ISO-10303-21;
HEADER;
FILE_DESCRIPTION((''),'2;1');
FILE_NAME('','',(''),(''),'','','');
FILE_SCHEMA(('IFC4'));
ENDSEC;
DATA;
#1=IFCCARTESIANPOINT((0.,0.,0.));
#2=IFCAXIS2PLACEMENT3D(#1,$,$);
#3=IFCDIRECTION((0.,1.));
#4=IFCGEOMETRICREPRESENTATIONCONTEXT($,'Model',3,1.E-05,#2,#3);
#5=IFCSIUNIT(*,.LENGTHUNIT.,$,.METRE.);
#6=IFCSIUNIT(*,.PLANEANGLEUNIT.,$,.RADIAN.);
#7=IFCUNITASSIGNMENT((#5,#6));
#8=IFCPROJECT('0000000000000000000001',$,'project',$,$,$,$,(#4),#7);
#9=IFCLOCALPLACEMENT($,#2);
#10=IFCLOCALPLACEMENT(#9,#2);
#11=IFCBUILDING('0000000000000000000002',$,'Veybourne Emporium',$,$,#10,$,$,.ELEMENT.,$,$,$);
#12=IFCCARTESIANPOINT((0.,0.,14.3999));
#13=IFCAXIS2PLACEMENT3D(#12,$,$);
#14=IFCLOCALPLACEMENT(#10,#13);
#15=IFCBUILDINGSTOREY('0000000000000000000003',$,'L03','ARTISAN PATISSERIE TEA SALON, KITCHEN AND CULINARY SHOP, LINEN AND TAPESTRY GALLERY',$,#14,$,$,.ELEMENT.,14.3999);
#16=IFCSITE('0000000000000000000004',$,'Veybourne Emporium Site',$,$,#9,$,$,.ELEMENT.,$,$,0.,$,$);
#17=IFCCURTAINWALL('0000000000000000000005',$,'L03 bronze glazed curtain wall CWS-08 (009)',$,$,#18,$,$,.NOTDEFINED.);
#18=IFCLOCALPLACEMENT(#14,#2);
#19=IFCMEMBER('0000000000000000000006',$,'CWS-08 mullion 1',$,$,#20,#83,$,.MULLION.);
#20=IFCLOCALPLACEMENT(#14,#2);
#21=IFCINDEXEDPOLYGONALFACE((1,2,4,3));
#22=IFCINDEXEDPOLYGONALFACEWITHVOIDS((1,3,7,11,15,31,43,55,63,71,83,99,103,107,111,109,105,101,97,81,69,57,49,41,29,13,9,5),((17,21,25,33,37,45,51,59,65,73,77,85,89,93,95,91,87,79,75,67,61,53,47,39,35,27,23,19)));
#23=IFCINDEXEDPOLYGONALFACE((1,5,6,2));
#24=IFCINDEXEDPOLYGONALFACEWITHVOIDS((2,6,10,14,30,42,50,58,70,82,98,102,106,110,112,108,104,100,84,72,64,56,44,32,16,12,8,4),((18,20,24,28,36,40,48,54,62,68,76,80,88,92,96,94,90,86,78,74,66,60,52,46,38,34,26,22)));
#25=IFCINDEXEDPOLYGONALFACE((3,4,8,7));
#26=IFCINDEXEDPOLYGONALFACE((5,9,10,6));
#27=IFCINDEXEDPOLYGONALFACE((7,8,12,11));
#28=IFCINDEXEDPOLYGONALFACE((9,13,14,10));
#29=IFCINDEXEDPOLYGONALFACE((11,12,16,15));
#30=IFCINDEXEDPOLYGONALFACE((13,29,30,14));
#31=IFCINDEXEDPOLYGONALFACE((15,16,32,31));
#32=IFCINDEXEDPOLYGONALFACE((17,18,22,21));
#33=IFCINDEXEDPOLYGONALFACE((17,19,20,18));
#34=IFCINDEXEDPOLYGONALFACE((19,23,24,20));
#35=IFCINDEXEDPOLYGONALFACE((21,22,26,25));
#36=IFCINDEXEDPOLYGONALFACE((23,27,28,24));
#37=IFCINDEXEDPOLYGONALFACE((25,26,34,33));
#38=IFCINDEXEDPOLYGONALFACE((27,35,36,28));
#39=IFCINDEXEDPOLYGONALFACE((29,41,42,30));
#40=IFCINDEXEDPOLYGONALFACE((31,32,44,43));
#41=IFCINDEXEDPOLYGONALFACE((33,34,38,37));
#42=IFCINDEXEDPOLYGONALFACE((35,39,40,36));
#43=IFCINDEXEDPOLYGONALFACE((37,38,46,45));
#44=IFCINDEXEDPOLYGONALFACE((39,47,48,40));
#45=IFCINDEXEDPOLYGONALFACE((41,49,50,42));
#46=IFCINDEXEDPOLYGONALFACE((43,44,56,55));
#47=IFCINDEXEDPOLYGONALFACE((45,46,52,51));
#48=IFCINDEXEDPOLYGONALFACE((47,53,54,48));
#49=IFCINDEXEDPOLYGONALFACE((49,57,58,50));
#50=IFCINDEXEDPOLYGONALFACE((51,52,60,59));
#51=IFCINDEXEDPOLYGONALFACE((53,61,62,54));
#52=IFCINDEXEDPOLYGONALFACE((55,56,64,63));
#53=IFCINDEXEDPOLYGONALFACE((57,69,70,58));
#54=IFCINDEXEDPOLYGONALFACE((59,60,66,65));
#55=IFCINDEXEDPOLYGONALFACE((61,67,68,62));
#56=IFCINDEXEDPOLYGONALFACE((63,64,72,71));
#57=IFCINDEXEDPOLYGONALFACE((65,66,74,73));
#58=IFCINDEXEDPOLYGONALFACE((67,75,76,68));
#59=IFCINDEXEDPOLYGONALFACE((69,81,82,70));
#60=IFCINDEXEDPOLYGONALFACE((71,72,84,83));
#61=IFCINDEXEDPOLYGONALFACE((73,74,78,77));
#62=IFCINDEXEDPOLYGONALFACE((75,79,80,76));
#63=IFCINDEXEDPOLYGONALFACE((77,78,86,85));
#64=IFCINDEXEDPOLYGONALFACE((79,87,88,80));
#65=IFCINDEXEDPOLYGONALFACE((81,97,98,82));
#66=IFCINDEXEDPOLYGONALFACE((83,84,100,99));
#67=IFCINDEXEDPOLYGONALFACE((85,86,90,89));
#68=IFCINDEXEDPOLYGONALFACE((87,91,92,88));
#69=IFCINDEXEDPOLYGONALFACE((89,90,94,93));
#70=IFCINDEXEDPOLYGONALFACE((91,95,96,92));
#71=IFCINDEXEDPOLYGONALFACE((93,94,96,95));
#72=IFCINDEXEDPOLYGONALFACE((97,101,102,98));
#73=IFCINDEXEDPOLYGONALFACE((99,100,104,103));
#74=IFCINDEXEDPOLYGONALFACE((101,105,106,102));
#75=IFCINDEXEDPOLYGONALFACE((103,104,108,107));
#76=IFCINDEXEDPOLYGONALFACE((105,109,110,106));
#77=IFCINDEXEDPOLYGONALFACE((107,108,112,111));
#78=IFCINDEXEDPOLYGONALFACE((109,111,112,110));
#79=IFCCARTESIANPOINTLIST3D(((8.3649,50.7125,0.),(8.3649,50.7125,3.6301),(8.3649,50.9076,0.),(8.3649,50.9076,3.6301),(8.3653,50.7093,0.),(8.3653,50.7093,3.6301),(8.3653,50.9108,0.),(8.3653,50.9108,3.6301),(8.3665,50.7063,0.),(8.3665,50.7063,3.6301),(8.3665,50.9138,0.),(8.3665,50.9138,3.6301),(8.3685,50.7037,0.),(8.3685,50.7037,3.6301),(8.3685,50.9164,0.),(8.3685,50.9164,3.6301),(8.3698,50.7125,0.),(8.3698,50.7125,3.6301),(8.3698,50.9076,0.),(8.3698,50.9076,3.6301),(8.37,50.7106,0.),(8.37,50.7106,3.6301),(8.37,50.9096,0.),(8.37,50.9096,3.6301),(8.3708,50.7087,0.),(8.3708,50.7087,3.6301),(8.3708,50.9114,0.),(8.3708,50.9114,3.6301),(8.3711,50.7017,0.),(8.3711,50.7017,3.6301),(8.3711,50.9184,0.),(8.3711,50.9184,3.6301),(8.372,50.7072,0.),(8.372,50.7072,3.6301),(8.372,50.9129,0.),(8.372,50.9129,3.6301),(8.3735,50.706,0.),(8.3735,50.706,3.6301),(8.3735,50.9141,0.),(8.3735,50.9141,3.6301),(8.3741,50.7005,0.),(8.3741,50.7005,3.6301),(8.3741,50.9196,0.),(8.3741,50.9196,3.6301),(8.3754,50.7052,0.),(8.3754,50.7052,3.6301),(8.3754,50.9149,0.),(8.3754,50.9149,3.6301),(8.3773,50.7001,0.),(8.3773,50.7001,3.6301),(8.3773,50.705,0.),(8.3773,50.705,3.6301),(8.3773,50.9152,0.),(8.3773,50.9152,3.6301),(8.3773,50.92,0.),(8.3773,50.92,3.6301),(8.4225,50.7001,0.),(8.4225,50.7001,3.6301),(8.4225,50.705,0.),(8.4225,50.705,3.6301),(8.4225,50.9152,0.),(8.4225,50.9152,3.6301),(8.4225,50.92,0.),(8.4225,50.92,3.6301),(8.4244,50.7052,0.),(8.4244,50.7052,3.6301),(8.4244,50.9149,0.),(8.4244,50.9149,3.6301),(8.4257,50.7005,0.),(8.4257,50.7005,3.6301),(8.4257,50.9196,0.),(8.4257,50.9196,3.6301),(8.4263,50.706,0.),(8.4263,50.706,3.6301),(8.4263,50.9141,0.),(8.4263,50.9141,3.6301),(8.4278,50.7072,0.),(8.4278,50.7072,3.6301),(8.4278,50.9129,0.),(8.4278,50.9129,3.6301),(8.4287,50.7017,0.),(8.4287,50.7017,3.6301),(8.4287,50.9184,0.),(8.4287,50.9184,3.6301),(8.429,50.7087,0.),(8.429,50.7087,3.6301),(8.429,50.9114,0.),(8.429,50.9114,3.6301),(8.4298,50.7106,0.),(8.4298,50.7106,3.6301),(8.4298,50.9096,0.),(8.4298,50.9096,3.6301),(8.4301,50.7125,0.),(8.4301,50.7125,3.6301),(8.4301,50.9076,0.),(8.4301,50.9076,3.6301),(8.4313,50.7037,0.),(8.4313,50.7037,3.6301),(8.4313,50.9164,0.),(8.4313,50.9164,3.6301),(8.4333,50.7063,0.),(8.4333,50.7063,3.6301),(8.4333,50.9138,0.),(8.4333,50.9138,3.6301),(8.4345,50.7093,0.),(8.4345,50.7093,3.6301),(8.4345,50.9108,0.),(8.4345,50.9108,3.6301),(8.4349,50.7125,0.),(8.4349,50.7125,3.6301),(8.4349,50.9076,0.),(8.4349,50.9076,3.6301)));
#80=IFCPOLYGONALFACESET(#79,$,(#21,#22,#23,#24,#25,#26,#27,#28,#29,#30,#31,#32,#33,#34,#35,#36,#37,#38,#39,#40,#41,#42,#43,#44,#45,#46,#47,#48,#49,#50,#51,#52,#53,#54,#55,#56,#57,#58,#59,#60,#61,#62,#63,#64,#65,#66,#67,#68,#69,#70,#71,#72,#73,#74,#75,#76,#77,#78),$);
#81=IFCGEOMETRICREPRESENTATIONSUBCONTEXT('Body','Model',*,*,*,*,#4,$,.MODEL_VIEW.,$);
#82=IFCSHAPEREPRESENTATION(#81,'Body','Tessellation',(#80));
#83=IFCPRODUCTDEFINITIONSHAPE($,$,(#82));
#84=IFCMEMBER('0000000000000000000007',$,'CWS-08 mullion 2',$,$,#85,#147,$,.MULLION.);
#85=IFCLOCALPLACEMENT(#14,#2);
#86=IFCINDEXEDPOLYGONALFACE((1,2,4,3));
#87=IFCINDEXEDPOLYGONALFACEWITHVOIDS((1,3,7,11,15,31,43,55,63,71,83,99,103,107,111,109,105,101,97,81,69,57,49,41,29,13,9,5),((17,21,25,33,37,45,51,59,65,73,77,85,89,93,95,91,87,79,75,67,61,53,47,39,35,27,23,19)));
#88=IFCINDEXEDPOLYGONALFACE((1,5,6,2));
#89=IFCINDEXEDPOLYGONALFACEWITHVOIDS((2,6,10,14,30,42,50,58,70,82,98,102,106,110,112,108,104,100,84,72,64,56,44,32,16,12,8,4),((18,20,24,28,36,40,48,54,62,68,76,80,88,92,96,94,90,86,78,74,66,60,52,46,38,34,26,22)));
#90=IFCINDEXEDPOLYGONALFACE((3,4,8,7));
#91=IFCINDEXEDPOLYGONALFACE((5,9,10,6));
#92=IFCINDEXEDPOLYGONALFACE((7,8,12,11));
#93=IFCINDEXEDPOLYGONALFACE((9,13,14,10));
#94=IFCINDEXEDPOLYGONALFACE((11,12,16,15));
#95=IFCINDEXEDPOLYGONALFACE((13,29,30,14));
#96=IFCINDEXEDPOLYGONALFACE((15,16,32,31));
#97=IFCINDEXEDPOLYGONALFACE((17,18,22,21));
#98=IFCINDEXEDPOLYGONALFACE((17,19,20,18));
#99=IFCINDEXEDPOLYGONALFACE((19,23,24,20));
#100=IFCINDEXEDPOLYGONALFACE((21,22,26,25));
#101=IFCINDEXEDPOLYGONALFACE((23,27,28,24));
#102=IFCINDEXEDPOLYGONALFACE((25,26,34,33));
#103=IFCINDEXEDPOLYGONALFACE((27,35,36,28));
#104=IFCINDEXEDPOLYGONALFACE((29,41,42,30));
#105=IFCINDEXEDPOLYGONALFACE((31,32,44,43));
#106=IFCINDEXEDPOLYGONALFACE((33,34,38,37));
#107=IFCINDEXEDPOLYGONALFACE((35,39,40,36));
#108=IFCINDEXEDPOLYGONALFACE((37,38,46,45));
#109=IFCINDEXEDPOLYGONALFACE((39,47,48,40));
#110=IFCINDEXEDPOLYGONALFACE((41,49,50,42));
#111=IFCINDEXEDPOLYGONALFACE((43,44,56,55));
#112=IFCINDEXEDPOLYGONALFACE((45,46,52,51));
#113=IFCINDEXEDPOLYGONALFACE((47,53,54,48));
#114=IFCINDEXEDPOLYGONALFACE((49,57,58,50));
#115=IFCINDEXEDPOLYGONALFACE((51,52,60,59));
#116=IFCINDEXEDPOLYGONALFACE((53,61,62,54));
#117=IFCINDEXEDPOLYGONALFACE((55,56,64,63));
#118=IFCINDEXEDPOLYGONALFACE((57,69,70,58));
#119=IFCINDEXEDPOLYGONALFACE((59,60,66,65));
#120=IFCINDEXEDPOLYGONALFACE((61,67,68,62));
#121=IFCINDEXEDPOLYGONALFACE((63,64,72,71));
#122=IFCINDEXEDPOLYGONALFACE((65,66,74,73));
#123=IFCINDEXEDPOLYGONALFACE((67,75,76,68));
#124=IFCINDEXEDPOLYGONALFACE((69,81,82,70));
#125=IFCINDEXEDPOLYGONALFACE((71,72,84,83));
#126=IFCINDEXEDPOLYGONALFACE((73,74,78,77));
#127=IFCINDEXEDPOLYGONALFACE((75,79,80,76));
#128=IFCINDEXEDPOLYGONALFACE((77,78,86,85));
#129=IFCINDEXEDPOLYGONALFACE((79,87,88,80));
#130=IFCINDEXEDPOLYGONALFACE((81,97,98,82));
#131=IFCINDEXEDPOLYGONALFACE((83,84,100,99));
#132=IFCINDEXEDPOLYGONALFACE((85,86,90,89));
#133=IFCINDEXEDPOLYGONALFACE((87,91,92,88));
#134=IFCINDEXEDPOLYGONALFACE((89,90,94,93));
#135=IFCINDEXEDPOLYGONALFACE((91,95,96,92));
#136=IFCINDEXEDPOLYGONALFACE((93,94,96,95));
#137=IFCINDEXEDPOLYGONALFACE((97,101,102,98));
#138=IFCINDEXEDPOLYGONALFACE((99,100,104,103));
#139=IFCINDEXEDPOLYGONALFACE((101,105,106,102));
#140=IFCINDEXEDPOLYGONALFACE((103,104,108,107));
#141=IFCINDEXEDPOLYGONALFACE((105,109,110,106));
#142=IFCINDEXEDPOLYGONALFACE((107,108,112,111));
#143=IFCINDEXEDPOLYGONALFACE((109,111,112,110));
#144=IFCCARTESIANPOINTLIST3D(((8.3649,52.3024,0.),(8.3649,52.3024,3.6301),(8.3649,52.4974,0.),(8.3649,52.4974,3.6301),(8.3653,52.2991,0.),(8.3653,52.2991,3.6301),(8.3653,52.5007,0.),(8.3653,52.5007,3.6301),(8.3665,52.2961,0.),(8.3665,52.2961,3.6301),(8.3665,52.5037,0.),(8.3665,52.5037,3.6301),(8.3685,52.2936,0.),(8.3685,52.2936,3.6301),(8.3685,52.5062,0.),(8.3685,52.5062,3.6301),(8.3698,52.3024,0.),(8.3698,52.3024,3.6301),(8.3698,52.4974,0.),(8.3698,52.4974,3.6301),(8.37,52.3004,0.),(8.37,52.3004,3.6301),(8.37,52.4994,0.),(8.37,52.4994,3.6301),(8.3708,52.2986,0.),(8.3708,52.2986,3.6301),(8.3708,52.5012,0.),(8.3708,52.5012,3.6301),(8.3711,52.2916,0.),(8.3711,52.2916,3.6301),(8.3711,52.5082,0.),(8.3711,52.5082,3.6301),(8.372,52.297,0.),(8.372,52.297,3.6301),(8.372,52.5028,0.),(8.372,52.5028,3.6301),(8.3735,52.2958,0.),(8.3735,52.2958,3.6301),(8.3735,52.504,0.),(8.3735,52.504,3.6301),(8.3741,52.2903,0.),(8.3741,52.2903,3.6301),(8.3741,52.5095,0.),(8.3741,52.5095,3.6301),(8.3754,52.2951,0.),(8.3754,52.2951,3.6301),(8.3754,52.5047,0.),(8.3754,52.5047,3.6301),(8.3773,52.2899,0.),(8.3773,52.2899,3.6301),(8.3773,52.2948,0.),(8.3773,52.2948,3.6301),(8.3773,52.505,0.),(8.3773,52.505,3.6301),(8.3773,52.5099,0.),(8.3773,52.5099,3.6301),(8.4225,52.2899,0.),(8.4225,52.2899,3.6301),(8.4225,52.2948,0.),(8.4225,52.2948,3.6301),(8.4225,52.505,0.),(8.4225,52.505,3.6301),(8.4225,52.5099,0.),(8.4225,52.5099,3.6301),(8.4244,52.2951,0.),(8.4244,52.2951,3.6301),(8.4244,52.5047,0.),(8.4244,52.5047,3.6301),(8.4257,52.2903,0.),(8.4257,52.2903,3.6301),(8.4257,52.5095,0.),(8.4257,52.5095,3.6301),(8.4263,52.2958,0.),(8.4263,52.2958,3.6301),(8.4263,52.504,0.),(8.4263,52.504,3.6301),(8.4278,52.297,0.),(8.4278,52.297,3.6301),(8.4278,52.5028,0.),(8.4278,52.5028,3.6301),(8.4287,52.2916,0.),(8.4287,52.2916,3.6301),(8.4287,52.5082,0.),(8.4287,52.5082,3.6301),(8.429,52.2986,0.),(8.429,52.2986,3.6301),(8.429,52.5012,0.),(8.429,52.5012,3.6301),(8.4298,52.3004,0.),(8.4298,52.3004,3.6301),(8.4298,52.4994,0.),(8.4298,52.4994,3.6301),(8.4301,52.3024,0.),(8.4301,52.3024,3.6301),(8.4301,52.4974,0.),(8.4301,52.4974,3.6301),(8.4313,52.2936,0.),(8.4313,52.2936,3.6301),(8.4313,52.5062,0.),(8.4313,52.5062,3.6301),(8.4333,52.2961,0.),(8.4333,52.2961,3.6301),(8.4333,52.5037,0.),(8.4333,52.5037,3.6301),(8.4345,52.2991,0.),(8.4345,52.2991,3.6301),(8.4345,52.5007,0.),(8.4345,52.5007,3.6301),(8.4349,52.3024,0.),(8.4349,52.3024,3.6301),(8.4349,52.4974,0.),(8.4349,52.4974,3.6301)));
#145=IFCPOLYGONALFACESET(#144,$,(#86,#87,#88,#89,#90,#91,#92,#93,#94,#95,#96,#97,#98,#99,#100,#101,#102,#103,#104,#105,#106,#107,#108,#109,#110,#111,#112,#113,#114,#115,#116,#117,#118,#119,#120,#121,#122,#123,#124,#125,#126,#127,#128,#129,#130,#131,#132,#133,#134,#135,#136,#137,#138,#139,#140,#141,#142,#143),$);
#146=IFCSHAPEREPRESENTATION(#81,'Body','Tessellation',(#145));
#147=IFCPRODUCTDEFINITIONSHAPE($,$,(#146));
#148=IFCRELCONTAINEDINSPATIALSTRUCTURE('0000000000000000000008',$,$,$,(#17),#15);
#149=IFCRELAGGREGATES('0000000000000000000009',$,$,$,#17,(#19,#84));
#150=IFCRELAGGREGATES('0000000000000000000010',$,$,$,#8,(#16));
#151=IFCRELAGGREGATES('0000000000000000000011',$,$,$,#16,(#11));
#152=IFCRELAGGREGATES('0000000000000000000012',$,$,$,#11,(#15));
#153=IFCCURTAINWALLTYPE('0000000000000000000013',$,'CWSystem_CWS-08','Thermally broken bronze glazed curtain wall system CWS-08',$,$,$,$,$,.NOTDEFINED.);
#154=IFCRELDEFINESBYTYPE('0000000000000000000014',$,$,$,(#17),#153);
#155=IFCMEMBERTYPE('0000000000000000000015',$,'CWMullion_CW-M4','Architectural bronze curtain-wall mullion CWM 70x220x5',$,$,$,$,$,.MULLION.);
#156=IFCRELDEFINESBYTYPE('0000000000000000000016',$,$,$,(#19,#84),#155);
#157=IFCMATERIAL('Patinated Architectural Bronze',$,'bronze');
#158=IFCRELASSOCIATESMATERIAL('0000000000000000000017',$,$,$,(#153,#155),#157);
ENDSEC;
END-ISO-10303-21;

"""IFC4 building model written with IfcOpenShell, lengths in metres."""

from ifc_helpers import new_model, si_unit, direction, frame, origin, origin_2d, place, context, subcontext, project, spatial, hollow_rectangle, extrude, material, material_profile, profile_set, type_object, element, aggregate, save


model = new_model("IFC4")

# Units and contexts
model_context = context("Model", 3, precision=1e-05, world=origin(), true_north=direction((0.0, 1.0)))
body_context = subcontext(model_context, "Body", "Model", "MODEL_VIEW")
ifc_project = project(units=[si_unit("LENGTHUNIT", "METRE"), si_unit("PLANEANGLEUNIT", "RADIAN")], contexts=[model_context])

# Site, building, storey
site_placement = place(None, origin())
site = spatial("IfcSite", under=ifc_project, at=site_placement, Name="Veybourne Emporium Site", CompositionType="ELEMENT", RefElevation=0.0)
building_placement = place(site_placement, origin())
building = spatial("IfcBuilding", under=site, at=building_placement, Name="Veybourne Emporium", CompositionType="ELEMENT")
storey_placement = place(building_placement, frame((0.0, 0.0, 14.3999)))
storey = spatial("IfcBuildingStorey", under=building, at=storey_placement, Name="L03", Description="ARTISAN PATISSERIE TEA SALON, KITCHEN AND CULINARY SHOP, LINEN AND TAPESTRY GALLERY", CompositionType="ELEMENT", Elevation=14.3999)

# Curtain wall, members
ifc_material_1 = material(Name="Patinated Architectural Bronze", Category="bronze")
curtain_wall_type_1 = type_object("IfcCurtainWallType", Name="CWSystem_CWS-08", Description="Thermally broken bronze glazed curtain wall system CWS-08", PredefinedType="NOTDEFINED", material=ifc_material_1)
curtain_wall_1_placement = place(storey_placement, origin())
curtain_wall_1 = element("IfcCurtainWall", 1, at=curtain_wall_1_placement, inside=storey, type_object=curtain_wall_type_1, Name="L03 bronze glazed curtain wall CWS-08 (009)", PredefinedType="NOTDEFINED")
ifc_material_profile_1 = material_profile(ifc_material_1, hollow_rectangle(XDim=0.0701, YDim=0.22, WallThickness=0.0049, InnerFilletRadius=0.0076, OuterFilletRadius=0.0125, at=origin_2d()), Name="CWM 70x220x5")
ifc_profile_set_1 = profile_set([ifc_material_profile_1], Name="Patinated Architectural Bronze")
member_type_1 = type_object("IfcMemberType", Name="CWMullion_CW-M4", Description="Architectural bronze curtain-wall mullion CWM 70x220x5", PredefinedType="MULLION", material=ifc_profile_set_1)
member_1_placement = place(storey_placement, frame((8.3999, 50.8101, 0.0), z_axis=(0.0, 0.0, 1.0), x_axis=(-1.0, 0.0, 0.0)))
member_1 = element("IfcMember", 2, at=member_1_placement, type_object=member_type_1, Name="CWS-08 mullion 1", PredefinedType="MULLION", context=body_context, shape_type="SweptSolid", body=[
    extrude(hollow_rectangle(XDim=0.0701, YDim=0.22, WallThickness=0.0049, InnerFilletRadius=0.0076, OuterFilletRadius=0.0125, at=origin_2d()), origin(), (0.0, 0.0, 1.0), 3.6301),
])
member_2_placement = place(storey_placement, frame((8.3999, 52.3999, 0.0), z_axis=(0.0, 0.0, 1.0), x_axis=(-1.0, 0.0, 0.0)))
member_2 = element("IfcMember", 3, at=member_2_placement, type_object=member_type_1, Name="CWS-08 mullion 2", PredefinedType="MULLION", context=body_context, shape_type="SweptSolid", body=[
    extrude(hollow_rectangle(XDim=0.0701, YDim=0.22, WallThickness=0.0049, InnerFilletRadius=0.0076, OuterFilletRadius=0.0125, at=origin_2d()), origin(), (0.0, 0.0, 1.0), 3.6301),
])

aggregate(curtain_wall_1, [member_1, member_2])

save(model, "model.ifc")
